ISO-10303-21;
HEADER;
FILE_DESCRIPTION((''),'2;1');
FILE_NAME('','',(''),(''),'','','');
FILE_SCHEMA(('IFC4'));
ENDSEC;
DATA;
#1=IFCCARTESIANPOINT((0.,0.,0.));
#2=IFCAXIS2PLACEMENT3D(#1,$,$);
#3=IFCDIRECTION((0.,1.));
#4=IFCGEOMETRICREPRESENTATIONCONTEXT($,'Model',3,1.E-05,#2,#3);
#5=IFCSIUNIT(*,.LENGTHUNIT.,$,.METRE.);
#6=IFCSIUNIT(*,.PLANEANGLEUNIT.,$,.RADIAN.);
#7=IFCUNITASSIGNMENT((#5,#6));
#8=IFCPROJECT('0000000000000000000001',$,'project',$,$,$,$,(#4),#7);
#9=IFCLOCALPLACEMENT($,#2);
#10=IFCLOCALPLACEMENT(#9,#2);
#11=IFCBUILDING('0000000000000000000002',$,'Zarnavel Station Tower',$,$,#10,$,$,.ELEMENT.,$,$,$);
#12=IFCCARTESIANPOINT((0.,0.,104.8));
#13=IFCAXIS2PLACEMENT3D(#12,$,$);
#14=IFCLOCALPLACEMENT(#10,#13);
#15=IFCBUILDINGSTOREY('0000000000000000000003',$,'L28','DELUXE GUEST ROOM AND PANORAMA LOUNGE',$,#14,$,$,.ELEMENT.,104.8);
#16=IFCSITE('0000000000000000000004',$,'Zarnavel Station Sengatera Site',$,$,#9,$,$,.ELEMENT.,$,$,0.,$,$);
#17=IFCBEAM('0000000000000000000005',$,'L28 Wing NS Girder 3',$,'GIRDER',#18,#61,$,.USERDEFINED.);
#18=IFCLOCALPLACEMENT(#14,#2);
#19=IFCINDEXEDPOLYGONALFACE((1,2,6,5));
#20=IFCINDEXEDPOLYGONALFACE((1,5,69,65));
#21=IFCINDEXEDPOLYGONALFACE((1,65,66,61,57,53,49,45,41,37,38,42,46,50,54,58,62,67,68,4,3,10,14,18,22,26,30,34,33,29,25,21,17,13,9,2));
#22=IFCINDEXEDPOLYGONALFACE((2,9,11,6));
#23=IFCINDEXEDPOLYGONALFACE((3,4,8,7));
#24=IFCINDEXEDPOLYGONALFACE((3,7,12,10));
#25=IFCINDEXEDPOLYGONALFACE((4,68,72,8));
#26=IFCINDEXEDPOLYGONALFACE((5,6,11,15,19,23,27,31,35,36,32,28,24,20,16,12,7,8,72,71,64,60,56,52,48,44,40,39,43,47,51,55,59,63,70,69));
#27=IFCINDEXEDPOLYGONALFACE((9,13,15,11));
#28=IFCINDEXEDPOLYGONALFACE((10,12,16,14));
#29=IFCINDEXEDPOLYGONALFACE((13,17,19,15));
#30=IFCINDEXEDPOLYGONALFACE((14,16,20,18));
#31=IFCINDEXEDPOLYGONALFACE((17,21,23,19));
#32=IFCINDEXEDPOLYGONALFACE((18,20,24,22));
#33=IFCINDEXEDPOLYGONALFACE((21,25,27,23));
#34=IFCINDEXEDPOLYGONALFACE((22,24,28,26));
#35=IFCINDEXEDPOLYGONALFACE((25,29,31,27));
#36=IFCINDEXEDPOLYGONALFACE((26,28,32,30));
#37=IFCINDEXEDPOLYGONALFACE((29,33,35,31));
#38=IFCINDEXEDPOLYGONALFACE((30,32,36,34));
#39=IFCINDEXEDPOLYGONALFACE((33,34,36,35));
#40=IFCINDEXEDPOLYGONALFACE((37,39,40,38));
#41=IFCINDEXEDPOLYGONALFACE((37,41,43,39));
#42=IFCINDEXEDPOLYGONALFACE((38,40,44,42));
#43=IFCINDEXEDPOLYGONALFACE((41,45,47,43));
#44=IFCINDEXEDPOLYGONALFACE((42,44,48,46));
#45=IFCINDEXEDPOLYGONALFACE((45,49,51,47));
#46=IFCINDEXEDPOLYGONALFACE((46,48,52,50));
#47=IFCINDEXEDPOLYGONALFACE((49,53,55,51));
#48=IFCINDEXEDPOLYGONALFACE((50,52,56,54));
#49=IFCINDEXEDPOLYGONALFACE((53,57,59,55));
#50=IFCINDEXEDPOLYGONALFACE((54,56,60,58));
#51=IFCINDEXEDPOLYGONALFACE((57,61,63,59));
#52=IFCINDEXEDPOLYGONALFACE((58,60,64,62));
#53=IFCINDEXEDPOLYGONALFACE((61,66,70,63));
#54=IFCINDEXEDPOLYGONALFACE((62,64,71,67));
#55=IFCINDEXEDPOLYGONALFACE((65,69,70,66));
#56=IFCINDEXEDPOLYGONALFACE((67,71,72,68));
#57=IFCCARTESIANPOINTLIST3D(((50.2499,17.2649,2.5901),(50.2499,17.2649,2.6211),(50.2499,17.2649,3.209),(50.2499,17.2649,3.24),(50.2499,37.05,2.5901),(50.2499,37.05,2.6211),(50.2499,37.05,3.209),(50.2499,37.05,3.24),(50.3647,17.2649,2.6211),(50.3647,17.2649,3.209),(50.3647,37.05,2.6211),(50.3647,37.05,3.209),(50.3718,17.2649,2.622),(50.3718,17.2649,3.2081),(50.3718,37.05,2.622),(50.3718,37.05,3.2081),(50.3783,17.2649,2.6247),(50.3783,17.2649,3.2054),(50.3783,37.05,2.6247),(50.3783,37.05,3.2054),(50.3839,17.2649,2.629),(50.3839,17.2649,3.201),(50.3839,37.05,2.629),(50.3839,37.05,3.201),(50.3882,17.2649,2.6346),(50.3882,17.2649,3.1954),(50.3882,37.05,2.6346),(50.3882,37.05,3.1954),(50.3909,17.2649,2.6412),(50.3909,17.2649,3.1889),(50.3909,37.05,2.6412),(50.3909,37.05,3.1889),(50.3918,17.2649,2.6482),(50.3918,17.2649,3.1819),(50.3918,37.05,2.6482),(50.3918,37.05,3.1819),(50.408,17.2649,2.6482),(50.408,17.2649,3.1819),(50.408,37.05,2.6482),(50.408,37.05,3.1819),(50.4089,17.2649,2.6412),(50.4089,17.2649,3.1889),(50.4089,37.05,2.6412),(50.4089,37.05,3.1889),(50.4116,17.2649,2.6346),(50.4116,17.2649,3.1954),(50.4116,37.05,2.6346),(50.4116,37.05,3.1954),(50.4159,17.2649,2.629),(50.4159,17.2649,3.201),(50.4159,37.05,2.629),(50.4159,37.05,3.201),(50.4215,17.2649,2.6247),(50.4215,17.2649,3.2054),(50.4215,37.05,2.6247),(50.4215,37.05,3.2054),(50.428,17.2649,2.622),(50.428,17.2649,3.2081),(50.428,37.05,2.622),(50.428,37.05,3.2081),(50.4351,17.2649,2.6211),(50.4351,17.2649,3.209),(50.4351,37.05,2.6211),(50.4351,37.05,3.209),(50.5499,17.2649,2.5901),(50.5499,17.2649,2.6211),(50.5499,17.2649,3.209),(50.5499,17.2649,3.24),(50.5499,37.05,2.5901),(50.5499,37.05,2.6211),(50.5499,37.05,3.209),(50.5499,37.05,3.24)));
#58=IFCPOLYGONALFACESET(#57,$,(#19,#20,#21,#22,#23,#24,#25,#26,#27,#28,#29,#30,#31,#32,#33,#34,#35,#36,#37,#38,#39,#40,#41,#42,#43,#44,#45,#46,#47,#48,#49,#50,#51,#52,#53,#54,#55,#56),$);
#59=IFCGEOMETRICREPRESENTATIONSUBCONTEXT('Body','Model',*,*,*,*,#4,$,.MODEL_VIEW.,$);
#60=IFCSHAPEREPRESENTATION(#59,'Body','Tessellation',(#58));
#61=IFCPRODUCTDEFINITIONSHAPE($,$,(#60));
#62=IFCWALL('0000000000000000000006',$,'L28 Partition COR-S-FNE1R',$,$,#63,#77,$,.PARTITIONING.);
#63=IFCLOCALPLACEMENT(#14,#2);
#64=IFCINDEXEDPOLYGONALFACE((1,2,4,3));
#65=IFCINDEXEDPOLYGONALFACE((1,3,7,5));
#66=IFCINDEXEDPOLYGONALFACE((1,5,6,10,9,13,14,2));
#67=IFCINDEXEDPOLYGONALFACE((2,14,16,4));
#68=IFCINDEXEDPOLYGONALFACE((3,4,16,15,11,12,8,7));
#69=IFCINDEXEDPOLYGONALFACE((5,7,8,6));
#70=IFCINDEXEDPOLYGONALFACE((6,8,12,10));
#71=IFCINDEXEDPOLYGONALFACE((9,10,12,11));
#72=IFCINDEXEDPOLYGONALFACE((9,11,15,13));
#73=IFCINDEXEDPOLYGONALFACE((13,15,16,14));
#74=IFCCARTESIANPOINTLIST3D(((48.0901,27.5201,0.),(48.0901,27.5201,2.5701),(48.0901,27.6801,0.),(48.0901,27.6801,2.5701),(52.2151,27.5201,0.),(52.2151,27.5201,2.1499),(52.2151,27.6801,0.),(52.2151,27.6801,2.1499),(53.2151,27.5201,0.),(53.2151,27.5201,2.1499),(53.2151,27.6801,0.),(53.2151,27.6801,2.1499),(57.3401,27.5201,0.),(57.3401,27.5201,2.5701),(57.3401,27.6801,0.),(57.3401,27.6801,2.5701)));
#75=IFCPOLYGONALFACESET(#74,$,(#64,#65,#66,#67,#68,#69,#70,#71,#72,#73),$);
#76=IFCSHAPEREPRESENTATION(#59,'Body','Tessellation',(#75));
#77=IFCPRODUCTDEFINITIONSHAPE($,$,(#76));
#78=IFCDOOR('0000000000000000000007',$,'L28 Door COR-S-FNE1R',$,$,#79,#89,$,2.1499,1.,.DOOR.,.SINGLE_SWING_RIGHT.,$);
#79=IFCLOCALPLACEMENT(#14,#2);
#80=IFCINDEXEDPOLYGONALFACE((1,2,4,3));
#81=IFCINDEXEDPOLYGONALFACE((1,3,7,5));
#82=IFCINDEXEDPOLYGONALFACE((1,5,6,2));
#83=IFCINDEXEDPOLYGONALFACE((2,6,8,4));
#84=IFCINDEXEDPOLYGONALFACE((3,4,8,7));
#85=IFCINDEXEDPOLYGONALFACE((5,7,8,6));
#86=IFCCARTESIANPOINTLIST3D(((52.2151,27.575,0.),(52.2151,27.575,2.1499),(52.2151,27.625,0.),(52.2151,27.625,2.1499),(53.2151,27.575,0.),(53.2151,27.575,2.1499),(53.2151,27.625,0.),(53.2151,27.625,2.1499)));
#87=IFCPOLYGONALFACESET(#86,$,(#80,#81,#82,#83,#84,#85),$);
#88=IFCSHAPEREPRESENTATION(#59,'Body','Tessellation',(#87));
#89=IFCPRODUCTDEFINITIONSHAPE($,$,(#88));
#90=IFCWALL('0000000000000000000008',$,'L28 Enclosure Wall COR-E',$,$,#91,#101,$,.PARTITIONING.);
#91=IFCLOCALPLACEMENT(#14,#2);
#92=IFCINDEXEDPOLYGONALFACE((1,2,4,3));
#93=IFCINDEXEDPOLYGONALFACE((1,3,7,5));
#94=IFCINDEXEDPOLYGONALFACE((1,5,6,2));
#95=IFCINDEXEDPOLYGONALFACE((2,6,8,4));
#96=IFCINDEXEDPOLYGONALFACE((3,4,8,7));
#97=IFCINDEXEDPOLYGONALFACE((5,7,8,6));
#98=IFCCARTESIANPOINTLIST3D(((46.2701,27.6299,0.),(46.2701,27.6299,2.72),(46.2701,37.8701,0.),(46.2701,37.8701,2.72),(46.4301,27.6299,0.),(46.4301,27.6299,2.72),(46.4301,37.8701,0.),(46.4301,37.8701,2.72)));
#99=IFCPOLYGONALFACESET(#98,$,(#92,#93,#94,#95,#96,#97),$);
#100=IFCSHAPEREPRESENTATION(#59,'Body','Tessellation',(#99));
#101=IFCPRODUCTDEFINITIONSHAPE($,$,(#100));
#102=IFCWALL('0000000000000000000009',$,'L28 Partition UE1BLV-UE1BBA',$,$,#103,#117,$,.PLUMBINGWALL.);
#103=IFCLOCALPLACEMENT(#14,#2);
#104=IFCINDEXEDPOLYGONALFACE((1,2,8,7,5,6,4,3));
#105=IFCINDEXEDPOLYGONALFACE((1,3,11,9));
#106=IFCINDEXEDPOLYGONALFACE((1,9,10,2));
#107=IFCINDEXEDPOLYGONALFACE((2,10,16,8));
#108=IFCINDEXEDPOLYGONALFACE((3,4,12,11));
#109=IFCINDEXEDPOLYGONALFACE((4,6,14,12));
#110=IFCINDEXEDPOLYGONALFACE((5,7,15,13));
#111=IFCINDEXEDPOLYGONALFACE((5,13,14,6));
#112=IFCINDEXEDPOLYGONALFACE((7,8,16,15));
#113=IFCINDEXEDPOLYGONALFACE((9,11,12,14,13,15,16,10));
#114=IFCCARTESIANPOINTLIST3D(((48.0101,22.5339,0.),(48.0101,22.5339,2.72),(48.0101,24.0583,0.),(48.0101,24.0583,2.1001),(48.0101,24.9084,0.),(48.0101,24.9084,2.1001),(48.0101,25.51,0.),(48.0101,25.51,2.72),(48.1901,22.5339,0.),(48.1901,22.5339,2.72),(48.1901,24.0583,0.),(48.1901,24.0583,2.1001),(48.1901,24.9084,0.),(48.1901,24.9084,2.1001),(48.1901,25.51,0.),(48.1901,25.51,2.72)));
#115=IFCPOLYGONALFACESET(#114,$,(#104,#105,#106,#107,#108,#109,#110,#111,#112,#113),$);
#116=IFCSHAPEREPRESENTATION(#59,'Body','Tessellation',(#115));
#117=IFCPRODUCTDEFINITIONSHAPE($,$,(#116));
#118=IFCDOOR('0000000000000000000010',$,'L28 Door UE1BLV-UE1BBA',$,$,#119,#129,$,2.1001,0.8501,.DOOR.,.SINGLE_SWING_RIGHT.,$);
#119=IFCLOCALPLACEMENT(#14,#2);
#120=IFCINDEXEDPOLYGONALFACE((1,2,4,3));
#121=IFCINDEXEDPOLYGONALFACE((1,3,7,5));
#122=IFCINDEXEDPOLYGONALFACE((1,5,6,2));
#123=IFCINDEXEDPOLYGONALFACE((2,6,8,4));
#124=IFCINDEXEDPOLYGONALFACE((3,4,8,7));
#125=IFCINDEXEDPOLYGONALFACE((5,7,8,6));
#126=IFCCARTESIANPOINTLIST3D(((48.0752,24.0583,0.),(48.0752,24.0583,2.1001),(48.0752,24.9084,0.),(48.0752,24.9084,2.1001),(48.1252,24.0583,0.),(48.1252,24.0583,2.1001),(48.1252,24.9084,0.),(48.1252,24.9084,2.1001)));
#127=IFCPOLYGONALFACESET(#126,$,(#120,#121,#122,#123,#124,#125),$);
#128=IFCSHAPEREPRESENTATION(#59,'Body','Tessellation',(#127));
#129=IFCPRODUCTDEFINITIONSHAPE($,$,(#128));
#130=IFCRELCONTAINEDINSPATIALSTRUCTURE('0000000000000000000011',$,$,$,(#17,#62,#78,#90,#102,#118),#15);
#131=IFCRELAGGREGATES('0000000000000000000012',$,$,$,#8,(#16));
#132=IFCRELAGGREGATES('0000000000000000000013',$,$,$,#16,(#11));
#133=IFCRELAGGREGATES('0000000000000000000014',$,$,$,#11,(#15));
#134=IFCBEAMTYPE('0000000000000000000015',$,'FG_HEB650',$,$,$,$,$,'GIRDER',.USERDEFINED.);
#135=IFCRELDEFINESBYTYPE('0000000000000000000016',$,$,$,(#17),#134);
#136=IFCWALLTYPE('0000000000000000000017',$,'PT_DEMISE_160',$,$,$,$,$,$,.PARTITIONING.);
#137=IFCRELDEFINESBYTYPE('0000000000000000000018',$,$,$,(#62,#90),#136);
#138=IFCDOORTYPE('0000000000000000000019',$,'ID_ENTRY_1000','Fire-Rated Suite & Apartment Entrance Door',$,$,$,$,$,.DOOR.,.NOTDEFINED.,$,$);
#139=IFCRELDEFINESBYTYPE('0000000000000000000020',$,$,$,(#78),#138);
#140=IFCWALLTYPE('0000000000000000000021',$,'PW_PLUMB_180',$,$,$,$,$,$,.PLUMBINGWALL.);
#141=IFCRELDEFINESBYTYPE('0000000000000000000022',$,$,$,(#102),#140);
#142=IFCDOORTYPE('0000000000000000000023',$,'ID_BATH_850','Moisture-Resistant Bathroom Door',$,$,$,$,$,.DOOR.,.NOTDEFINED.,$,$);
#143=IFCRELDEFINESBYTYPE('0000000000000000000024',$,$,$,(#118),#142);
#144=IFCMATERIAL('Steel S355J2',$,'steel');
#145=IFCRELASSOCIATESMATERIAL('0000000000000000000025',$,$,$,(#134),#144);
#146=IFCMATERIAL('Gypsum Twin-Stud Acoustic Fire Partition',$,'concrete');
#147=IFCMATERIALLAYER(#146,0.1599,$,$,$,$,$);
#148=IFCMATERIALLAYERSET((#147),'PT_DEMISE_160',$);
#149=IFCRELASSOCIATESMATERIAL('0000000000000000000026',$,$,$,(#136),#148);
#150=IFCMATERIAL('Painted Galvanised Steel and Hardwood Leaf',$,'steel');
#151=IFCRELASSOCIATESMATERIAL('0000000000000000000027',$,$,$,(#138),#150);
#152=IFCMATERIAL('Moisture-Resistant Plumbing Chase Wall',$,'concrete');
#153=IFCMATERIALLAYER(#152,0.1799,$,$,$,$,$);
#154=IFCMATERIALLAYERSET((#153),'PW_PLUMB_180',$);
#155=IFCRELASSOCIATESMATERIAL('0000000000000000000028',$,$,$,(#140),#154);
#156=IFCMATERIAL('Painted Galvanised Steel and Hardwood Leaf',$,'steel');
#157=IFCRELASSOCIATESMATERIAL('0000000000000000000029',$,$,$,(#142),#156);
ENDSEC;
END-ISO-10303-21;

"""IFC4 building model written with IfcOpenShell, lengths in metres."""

from ifc_helpers import new_model, si_unit, direction, frame, frame_2d, origin, origin_2d, place, context, subcontext, project, spatial, rectangle, i_section, extrude, material, layer, layer_set, material_profile, profile_set, type_object, element, fill, save


model = new_model("IFC4")

# Units and contexts
model_context = context("Model", 3, precision=1e-05, world=origin(), true_north=direction((0.0, 1.0)))
body_context = subcontext(model_context, "Body", "Model", "MODEL_VIEW")
ifc_project = project(units=[si_unit("LENGTHUNIT", "METRE"), si_unit("PLANEANGLEUNIT", "RADIAN")], contexts=[model_context])

# Site, building, storey
site_placement = place(None, origin())
site = spatial("IfcSite", under=ifc_project, at=site_placement, Name="Zarnavel Station Sengatera Site", CompositionType="ELEMENT", RefElevation=0.0)
building_placement = place(site_placement, origin())
building = spatial("IfcBuilding", under=site, at=building_placement, Name="Zarnavel Station Tower", CompositionType="ELEMENT")
storey_placement = place(building_placement, frame((0.0, 0.0, 104.8)))
storey = spatial("IfcBuildingStorey", under=building, at=storey_placement, Name="L28", Description="DELUXE GUEST ROOM AND PANORAMA LOUNGE", CompositionType="ELEMENT", Elevation=104.8)

# Beam
ifc_material_1 = material(Name="Steel S355J2", Category="steel")
ifc_material_profile_1 = material_profile(ifc_material_1, i_section(OverallWidth=0.3, OverallDepth=0.6499, WebThickness=0.0161, FlangeThickness=0.031, FilletRadius=0.0271, at=origin_2d()), Name="HEB650")
ifc_profile_set_1 = profile_set([ifc_material_profile_1], Name="Steel S355J2")
beam_type_1 = type_object("IfcBeamType", Name="FG_HEB650", ElementType="GIRDER", PredefinedType="USERDEFINED", material=ifc_profile_set_1)
beam_1_placement = place(storey_placement, frame((50.3999, 17.2649, 2.915), z_axis=(0.0, 1.0, 0.0), x_axis=(-1.0, 0.0, 0.0)))
element("IfcBeam", 1, at=beam_1_placement, inside=storey, type_object=beam_type_1, Name="L28 Wing NS Girder 3", ObjectType="GIRDER", PredefinedType="USERDEFINED", context=body_context, shape_type="SweptSolid", body=[
    extrude(i_section(OverallWidth=0.3, OverallDepth=0.6499, WebThickness=0.0161, FlangeThickness=0.031, FilletRadius=0.0271, at=origin_2d()), origin(), (0.0, 0.0, 1.0), 19.7852),
])

# Wall, opening, door
ifc_material_2 = material(Name="Gypsum Twin-Stud Acoustic Fire Partition", Category="concrete")
ifc_layer_1 = layer(ifc_material_2, 0.1599)
ifc_layer_set_1 = layer_set([ifc_layer_1], Name="PT_DEMISE_160")
wall_type_1 = type_object("IfcWallType", Name="PT_DEMISE_160", PredefinedType="PARTITIONING", material=ifc_layer_set_1)
wall_1_placement = place(storey_placement, frame((48.0901, 27.6001, 0.0), z_axis=(0.0, 0.0, 1.0), x_axis=(1.0, 0.0, 0.0)))
wall_1 = element("IfcWall", 2, at=wall_1_placement, inside=storey, type_object=wall_type_1, Name="L28 Partition COR-S-FNE1R", PredefinedType="PARTITIONING", context=body_context, shape_type="SweptSolid", body=[
    extrude(rectangle(XDim=9.25, YDim=0.1599, at=frame_2d((4.625, 0.0))), origin(), (0.0, 0.0, 1.0), 2.5701),
])
opening_1_placement = place(wall_1_placement, frame((4.125, 0.0, 0.0)))
opening_1 = element("IfcOpeningElement", 3, at=opening_1_placement, cuts=wall_1, PredefinedType="OPENING", context=body_context, shape_type="SweptSolid", body=[
    extrude(rectangle(XDim=1.0, YDim=2.1499, at=frame_2d((0.5, 1.075))), frame((0.0, 0.0898, 0.0), z_axis=(0.0, -1.0, 0.0), x_axis=(1.0, 0.0, 0.0)), (0.0, 0.0, 1.0), 0.1799),
])
ifc_material_3 = material(Name="Painted Galvanised Steel and Hardwood Leaf", Category="steel")
door_type_1 = type_object("IfcDoorType", Name="ID_ENTRY_1000", Description="Fire-Rated Suite & Apartment Entrance Door", OperationType="NOTDEFINED", PredefinedType="DOOR", material=ifc_material_3)
door_1_placement = place(opening_1_placement, origin())
door_1 = element("IfcDoor", 4, at=door_1_placement, inside=storey, type_object=door_type_1, Name="L28 Door COR-S-FNE1R", OperationType="SINGLE_SWING_RIGHT", OverallHeight=2.1499, OverallWidth=1.0, PredefinedType="DOOR", context=body_context, shape_type="SweptSolid", body=[
    extrude(rectangle(XDim=1.0, YDim=2.1499, at=frame_2d((0.5, 1.075))), frame((0.0, 0.0249, 0.0), z_axis=(0.0, -1.0, 0.0), x_axis=(1.0, 0.0, 0.0)), (0.0, 0.0, 1.0), 0.05),
])
fill(opening_1, door_1)

# Wall
wall_2_placement = place(storey_placement, frame((46.3501, 27.6299, 0.0), z_axis=(0.0, 0.0, 1.0), x_axis=(0.0, 1.0, 0.0)))
element("IfcWall", 5, at=wall_2_placement, inside=storey, type_object=wall_type_1, Name="L28 Enclosure Wall COR-E", PredefinedType="PARTITIONING", context=body_context, shape_type="SweptSolid", body=[
    extrude(rectangle(XDim=10.2402, YDim=0.1599, at=frame_2d((5.1201, 0.0))), origin(), (0.0, 0.0, 1.0), 2.72),
])

# Wall, opening, door
ifc_material_4 = material(Name="Moisture-Resistant Plumbing Chase Wall", Category="concrete")
ifc_layer_2 = layer(ifc_material_4, 0.1799)
ifc_layer_set_2 = layer_set([ifc_layer_2], Name="PW_PLUMB_180")
wall_type_2 = type_object("IfcWallType", Name="PW_PLUMB_180", PredefinedType="PLUMBINGWALL", material=ifc_layer_set_2)
wall_3_placement = place(storey_placement, frame((48.1001, 22.5339, 0.0), z_axis=(0.0, 0.0, 1.0), x_axis=(0.0, 1.0, 0.0)))
wall_3 = element("IfcWall", 6, at=wall_3_placement, inside=storey, type_object=wall_type_2, Name="L28 Partition UE1BLV-UE1BBA", PredefinedType="PLUMBINGWALL", context=body_context, shape_type="SweptSolid", body=[
    extrude(rectangle(XDim=2.9761, YDim=0.1799, at=frame_2d((1.488, 0.0))), origin(), (0.0, 0.0, 1.0), 2.72),
])
opening_2_placement = place(wall_3_placement, frame((1.5244, 0.0, 0.0)))
opening_2 = element("IfcOpeningElement", 7, at=opening_2_placement, cuts=wall_3, PredefinedType="OPENING", context=body_context, shape_type="SweptSolid", body=[
    extrude(rectangle(XDim=0.8501, YDim=2.1001, at=frame_2d((0.425, 1.05))), frame((0.0, 0.0999, 0.0), z_axis=(0.0, -1.0, 0.0), x_axis=(1.0, 0.0, 0.0)), (0.0, 0.0, 1.0), 0.2),
])
ifc_material_5 = material(Name="Painted Galvanised Steel and Hardwood Leaf", Category="steel")
door_type_2 = type_object("IfcDoorType", Name="ID_BATH_850", Description="Moisture-Resistant Bathroom Door", OperationType="NOTDEFINED", PredefinedType="DOOR", material=ifc_material_5)
door_2_placement = place(opening_2_placement, origin())
door_2 = element("IfcDoor", 8, at=door_2_placement, inside=storey, type_object=door_type_2, Name="L28 Door UE1BLV-UE1BBA", OperationType="SINGLE_SWING_RIGHT", OverallHeight=2.1001, OverallWidth=0.8501, PredefinedType="DOOR", context=body_context, shape_type="SweptSolid", body=[
    extrude(rectangle(XDim=0.8501, YDim=2.1001, at=frame_2d((0.425, 1.05))), frame((0.0, 0.0249, 0.0), z_axis=(0.0, -1.0, 0.0), x_axis=(1.0, 0.0, 0.0)), (0.0, 0.0, 1.0), 0.05),
])
fill(opening_2, door_2)

save(model, "model.ifc")
